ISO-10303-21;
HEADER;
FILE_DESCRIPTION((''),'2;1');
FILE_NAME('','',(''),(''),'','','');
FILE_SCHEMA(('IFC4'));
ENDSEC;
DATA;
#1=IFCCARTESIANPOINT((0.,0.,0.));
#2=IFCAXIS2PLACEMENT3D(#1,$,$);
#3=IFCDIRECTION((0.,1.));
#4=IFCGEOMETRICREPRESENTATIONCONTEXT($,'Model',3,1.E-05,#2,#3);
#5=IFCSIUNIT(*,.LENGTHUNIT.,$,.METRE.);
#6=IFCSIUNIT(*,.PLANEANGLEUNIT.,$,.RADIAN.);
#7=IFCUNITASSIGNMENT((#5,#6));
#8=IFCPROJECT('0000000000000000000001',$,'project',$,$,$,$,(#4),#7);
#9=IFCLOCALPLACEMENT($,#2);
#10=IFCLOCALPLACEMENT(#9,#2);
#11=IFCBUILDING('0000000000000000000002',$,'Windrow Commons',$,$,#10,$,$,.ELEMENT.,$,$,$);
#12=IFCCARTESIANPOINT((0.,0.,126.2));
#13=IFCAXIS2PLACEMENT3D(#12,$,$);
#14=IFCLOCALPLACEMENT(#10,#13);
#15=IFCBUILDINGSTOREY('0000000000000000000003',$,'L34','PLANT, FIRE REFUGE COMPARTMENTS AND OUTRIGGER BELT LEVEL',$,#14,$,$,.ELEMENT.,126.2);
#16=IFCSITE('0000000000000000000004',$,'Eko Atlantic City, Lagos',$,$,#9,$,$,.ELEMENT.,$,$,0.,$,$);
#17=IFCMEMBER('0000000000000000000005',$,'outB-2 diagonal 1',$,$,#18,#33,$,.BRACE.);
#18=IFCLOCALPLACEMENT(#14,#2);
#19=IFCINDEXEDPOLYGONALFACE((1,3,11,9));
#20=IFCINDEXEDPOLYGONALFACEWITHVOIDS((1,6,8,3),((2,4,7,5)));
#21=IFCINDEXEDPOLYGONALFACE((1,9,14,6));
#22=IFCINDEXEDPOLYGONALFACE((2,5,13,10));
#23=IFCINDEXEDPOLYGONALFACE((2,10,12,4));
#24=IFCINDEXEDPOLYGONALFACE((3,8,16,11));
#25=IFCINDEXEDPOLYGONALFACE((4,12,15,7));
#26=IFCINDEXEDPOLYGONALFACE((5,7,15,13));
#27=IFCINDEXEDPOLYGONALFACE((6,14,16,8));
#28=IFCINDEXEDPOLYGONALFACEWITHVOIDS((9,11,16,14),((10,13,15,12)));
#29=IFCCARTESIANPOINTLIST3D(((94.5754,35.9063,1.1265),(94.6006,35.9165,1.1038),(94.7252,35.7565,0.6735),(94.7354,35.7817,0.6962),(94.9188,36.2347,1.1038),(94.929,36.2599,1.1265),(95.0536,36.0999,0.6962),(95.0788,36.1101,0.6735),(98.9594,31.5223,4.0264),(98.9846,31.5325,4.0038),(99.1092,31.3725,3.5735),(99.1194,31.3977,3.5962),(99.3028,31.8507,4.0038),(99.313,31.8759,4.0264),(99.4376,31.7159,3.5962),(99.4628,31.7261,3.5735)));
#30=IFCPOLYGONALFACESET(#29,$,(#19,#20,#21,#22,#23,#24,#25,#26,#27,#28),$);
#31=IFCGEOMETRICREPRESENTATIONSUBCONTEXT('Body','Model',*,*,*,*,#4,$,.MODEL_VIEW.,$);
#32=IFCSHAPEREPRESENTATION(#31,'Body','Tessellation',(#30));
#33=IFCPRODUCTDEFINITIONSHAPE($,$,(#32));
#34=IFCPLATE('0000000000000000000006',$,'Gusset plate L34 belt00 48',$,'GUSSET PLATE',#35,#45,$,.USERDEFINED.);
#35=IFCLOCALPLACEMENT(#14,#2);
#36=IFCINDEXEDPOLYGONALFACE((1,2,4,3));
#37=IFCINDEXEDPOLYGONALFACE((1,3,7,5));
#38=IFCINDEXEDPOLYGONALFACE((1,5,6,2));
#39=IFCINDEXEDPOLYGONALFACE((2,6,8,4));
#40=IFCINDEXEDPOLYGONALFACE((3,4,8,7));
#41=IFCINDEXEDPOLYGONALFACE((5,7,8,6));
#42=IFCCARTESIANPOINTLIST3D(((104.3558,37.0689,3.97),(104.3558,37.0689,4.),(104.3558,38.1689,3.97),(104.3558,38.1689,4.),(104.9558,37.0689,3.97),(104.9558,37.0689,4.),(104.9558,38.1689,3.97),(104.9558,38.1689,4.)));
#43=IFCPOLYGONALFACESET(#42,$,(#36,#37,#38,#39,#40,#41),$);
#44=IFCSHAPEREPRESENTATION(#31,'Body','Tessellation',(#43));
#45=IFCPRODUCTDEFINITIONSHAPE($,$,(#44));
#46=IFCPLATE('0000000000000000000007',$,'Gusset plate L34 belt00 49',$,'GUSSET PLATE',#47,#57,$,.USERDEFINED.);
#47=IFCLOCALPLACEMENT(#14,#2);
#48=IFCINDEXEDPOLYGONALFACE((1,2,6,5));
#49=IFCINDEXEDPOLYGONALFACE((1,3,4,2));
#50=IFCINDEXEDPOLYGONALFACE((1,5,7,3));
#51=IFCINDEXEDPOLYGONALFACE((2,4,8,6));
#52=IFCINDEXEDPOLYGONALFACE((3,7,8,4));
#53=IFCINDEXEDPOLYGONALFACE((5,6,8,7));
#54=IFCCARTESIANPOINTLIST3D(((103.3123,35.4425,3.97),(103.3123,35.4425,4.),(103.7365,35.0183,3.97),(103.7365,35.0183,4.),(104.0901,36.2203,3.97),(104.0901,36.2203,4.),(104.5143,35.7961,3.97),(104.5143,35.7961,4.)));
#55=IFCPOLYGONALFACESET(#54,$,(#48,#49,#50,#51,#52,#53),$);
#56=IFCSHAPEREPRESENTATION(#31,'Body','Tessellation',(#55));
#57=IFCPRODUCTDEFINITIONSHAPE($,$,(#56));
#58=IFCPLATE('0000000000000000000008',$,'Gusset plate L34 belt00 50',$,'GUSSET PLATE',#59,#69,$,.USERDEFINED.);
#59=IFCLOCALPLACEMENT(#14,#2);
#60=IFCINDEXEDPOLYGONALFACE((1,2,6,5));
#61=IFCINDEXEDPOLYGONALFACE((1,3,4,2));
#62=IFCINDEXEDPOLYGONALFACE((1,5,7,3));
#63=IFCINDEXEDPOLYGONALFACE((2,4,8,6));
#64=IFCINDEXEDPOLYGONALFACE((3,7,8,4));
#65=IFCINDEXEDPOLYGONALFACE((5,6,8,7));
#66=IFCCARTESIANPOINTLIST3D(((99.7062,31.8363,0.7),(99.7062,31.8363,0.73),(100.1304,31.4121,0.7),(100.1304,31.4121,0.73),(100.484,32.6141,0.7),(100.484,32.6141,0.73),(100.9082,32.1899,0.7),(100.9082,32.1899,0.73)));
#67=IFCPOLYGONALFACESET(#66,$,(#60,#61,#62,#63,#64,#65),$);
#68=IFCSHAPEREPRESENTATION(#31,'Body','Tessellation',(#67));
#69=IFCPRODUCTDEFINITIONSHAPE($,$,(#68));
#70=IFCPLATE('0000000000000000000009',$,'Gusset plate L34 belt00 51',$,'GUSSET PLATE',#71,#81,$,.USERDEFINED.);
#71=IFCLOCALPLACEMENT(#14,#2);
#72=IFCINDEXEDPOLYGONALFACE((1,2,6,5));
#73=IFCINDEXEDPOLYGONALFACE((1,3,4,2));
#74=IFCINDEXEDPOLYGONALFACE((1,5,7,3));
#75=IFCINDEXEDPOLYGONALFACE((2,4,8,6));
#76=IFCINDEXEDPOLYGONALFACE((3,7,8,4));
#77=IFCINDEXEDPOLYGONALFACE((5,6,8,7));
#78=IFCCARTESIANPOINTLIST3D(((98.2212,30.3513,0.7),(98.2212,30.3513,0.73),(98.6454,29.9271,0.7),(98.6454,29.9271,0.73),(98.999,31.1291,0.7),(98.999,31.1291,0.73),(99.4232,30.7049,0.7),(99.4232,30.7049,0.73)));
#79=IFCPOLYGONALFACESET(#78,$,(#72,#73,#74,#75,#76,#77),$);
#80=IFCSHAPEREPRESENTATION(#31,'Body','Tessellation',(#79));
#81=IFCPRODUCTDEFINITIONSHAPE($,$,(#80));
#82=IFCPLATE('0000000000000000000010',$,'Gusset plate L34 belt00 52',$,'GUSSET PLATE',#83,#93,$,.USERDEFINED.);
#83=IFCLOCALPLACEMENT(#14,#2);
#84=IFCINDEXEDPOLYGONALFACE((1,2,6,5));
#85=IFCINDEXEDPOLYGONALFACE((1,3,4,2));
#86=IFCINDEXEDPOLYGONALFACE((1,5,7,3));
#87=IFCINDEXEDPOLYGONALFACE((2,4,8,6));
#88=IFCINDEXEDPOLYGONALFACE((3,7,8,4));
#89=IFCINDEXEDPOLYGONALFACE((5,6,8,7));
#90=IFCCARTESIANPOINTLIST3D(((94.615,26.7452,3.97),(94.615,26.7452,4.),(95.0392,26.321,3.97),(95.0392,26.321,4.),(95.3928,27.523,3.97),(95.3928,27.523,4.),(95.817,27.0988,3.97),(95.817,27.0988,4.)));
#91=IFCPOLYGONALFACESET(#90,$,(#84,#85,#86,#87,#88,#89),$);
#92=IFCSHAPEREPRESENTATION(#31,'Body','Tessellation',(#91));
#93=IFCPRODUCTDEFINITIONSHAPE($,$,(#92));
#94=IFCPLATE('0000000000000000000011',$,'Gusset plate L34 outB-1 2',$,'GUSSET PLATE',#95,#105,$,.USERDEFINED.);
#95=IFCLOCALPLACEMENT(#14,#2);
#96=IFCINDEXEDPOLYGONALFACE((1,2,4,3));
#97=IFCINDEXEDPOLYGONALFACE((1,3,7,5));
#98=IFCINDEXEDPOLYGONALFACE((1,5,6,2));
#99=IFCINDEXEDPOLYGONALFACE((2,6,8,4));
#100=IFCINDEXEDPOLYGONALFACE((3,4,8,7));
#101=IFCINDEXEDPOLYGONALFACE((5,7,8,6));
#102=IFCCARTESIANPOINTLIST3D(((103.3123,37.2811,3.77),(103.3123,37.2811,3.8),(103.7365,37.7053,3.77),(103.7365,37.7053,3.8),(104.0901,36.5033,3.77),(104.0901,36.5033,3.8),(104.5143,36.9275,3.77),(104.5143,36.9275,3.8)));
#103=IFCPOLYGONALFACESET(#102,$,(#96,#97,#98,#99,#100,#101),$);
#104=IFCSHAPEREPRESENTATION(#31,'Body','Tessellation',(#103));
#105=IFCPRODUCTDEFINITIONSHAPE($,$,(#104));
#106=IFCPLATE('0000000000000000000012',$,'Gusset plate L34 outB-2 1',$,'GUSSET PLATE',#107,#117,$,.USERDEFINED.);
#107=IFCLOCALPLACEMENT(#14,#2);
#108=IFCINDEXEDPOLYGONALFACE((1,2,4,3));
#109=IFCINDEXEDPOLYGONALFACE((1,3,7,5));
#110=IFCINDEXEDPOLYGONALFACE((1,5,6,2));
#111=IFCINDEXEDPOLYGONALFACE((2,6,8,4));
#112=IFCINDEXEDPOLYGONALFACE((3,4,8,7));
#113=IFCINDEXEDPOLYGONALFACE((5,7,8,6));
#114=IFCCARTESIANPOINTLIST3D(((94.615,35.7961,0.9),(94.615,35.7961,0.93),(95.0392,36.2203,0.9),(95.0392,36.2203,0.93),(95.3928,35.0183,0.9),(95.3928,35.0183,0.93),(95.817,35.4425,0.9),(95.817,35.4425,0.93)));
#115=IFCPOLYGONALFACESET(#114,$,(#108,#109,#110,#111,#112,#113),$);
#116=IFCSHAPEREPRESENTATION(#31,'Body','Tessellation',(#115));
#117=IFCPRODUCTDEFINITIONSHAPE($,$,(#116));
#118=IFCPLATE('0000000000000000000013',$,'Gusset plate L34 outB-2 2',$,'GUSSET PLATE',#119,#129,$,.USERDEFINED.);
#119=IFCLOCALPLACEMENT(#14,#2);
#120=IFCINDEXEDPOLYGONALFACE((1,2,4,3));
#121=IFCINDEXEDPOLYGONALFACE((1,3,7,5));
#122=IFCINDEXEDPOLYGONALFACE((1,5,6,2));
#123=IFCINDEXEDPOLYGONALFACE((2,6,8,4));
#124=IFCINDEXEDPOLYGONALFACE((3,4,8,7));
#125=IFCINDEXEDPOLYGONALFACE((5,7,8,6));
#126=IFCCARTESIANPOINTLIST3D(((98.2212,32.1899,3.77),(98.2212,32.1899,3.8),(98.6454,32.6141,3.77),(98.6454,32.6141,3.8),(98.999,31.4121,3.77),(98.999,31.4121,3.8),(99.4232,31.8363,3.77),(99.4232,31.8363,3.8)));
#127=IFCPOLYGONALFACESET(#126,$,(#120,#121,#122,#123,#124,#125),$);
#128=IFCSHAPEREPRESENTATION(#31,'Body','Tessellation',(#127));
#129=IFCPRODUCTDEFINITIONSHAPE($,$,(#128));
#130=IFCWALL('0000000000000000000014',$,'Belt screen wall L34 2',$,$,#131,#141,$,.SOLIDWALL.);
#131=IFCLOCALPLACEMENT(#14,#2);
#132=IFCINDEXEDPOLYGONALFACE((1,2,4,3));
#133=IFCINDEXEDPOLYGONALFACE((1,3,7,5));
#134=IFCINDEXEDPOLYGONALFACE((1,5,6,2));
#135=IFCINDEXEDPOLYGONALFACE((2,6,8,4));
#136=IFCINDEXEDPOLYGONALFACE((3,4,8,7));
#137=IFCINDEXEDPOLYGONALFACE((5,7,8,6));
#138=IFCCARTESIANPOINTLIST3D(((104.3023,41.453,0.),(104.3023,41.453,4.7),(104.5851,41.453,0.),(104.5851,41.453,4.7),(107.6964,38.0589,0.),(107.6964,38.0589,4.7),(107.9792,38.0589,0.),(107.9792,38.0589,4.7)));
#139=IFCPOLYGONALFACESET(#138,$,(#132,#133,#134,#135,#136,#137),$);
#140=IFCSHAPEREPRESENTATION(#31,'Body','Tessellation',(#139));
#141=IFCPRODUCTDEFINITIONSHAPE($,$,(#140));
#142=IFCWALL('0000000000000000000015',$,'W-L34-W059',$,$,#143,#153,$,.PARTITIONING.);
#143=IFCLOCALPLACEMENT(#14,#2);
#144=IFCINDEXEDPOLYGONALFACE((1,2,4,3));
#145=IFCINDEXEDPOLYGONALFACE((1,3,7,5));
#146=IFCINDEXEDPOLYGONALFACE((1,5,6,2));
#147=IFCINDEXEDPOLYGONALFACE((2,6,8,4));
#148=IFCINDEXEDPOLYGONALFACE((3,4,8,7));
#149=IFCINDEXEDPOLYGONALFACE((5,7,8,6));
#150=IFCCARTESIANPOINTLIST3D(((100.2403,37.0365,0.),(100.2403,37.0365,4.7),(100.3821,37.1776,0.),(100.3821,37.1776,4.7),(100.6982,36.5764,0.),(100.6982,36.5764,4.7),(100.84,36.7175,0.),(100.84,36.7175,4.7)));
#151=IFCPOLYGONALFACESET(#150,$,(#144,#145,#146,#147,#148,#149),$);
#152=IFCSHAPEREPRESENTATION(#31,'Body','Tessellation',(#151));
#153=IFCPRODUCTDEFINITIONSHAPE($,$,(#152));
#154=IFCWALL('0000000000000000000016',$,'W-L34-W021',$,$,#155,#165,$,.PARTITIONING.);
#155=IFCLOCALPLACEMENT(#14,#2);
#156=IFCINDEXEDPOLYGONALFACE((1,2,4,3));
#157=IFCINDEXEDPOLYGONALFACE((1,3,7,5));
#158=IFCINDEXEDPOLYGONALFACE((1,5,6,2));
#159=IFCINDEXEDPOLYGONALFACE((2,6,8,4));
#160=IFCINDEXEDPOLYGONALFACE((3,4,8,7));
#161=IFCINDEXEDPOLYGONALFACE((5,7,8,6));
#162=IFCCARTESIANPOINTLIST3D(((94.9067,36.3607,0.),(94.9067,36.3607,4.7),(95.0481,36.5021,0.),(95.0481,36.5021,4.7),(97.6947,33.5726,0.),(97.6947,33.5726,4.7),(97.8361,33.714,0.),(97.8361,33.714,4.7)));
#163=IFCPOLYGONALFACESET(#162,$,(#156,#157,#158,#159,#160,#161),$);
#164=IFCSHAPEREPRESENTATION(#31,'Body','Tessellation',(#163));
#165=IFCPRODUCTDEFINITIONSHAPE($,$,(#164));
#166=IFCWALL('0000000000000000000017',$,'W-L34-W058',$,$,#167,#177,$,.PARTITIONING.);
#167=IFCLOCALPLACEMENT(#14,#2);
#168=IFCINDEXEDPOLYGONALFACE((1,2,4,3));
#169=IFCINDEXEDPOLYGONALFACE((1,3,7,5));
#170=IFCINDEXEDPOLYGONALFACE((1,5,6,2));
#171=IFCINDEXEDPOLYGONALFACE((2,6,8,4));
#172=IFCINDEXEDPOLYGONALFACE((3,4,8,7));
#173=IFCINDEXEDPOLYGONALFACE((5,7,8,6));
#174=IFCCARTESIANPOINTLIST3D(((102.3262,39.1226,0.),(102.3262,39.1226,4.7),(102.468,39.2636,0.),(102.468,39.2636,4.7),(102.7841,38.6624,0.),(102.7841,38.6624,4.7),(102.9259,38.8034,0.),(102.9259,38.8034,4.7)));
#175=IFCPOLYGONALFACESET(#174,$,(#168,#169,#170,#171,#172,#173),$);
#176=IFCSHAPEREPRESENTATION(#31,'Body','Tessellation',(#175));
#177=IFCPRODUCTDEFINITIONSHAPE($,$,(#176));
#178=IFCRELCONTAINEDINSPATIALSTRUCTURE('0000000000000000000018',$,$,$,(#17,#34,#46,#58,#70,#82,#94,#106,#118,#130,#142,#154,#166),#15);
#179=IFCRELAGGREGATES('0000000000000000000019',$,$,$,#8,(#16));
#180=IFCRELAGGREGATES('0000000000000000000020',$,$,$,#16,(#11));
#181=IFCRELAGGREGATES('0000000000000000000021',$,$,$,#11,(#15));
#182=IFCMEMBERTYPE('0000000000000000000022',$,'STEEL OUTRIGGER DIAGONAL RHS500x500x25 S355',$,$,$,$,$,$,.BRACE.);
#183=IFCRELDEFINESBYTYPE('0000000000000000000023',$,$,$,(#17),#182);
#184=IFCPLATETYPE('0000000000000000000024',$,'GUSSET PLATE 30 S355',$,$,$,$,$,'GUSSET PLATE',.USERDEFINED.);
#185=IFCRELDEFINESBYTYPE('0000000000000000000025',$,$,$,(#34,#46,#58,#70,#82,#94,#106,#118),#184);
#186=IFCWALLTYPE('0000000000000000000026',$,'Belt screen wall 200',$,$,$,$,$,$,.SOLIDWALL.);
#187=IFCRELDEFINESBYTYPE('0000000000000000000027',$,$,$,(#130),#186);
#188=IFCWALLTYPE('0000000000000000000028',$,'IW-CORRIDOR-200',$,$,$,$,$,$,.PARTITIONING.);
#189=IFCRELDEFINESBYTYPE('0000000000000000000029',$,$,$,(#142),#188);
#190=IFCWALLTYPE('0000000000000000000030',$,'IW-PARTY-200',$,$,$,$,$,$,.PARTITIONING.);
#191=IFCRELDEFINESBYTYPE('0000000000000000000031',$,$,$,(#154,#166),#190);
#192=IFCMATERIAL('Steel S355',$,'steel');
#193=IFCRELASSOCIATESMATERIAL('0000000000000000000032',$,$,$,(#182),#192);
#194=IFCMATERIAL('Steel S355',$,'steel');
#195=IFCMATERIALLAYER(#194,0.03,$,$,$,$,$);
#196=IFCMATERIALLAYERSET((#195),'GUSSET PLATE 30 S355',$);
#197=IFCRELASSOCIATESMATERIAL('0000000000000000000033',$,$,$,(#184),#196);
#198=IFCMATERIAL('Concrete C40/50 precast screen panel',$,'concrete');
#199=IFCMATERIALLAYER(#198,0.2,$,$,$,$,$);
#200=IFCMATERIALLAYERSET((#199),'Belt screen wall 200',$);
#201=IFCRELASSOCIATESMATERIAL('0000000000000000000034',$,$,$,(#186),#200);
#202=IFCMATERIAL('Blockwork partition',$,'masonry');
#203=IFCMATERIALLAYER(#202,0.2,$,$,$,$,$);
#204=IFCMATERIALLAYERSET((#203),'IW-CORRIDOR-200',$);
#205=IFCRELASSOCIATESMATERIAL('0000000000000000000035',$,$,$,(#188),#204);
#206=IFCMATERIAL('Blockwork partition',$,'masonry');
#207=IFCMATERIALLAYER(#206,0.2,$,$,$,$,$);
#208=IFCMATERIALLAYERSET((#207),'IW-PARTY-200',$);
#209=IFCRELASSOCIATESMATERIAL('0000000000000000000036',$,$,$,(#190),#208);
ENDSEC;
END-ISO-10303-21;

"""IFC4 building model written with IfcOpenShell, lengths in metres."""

from ifc_helpers import new_model, si_unit, direction, frame, frame_2d, origin, origin_2d, place, context, subcontext, project, spatial, polyline, rectangle, hollow_rectangle, outline, extrude, material, layer, layer_set, material_profile, profile_set, type_object, element, save


model = new_model("IFC4")

# Units and contexts
model_context = context("Model", 3, precision=1e-05, world=origin(), true_north=direction((0.0, 1.0)))
body_context = subcontext(model_context, "Body", "Model", "MODEL_VIEW")
ifc_project = project(units=[si_unit("LENGTHUNIT", "METRE"), si_unit("PLANEANGLEUNIT", "RADIAN")], contexts=[model_context])

# Site, building, storey
site_placement = place(None, origin())
site = spatial("IfcSite", under=ifc_project, at=site_placement, Name="Eko Atlantic City, Lagos", CompositionType="ELEMENT", RefElevation=0.0)
building_placement = place(site_placement, origin())
building = spatial("IfcBuilding", under=site, at=building_placement, Name="Windrow Commons", CompositionType="ELEMENT")
storey_placement = place(building_placement, frame((0.0, 0.0, 126.2)))
storey = spatial("IfcBuildingStorey", under=building, at=storey_placement, Name="L34", Description="PLANT, FIRE REFUGE COMPARTMENTS AND OUTRIGGER BELT LEVEL", CompositionType="ELEMENT", Elevation=126.2)

# Member
ifc_material_1 = material(Name="Steel S355", Category="steel")
ifc_material_profile_1 = material_profile(ifc_material_1, hollow_rectangle(XDim=0.5, YDim=0.5, WallThickness=0.025, at=origin_2d()))
ifc_profile_set_1 = profile_set([ifc_material_profile_1], Name="Steel S355")
member_type_1 = type_object("IfcMemberType", Name="STEEL OUTRIGGER DIAGONAL RHS500x500x25 S355", PredefinedType="BRACE", material=ifc_profile_set_1)
member_placement = place(storey_placement, frame((94.8271, 36.0082, 0.9), z_axis=(0.640502, -0.640502, 0.42369), x_axis=(0.707107, 0.707107, 0.0)))
element("IfcMember", 1, at=member_placement, inside=storey, type_object=member_type_1, Name="outB-2 diagonal 1", PredefinedType="BRACE", context=body_context, shape_type="SweptSolid", body=[
    extrude(hollow_rectangle(XDim=0.5, YDim=0.5, WallThickness=0.025, at=origin_2d()), origin(), (0.0, 0.0, 1.0), 6.8446),
])

# Plates
ifc_material_2 = material(Name="Steel S355", Category="steel")
ifc_layer_1 = layer(ifc_material_2, 0.03)
ifc_layer_set_1 = layer_set([ifc_layer_1], Name="GUSSET PLATE 30 S355")
plate_type = type_object("IfcPlateType", Name="GUSSET PLATE 30 S355", ElementType="GUSSET PLATE", PredefinedType="USERDEFINED", material=ifc_layer_set_1)
for number, where, z_axis, x_axis, name in (
    (2, (104.6558, 37.6189, 3.97), (0.0, 0.0, 1.0), (0.0, -1.0, 0.0), "Gusset plate L34 belt00 48"),
    (3, (103.9133, 35.6193, 3.97), (0.0, 0.0, 1.0), (-0.707099, -0.707114, 0.0), "Gusset plate L34 belt00 49"),
    (4, (100.3072, 32.0131, 0.7), (0.0, 0.0, 1.0), (-0.707099, -0.707114, 0.0), "Gusset plate L34 belt00 50"),
    (5, (98.8222, 30.5281, 0.7), (0.0, 0.0, 1.0), (-0.707114, -0.707099, 0.0), "Gusset plate L34 belt00 51"),
    (6, (95.216, 26.922, 3.97), (0.0, 0.0, 1.0), (-0.707114, -0.707099, 0.0), "Gusset plate L34 belt00 52"),
    (7, (103.9133, 37.1043, 3.77), (0.0, 0.0, 1.0), (0.707099, -0.707114, 0.0), "Gusset plate L34 outB-1 2"),
    (8, (95.216, 35.6193, 0.9), (0.0, 0.0, 1.0), (0.707107, -0.707107, 0.0), "Gusset plate L34 outB-2 1"),
    (9, (98.8222, 32.0131, 3.77), (0.0, 0.0, 1.0), (0.707107, -0.707107, 0.0), "Gusset plate L34 outB-2 2"),
):
    element("IfcPlate", number, at=place(storey_placement, frame(where, z_axis=z_axis, x_axis=x_axis)), inside=storey, type_object=plate_type, Name=name, ObjectType="GUSSET PLATE", PredefinedType="USERDEFINED", context=body_context, shape_type="SweptSolid", body=[
        extrude(rectangle(XDim=1.1, YDim=0.6, at=origin_2d()), origin(), (0.0, 0.0, 1.0), 0.03),
    ])

# Walls
ifc_material_3 = material(Name="Concrete C40/50 precast screen panel", Category="concrete")
ifc_layer_2 = layer(ifc_material_3, 0.2)
ifc_layer_set_2 = layer_set([ifc_layer_2], Name="Belt screen wall 200")
wall_type_1 = type_object("IfcWallType", Name="Belt screen wall 200", PredefinedType="SOLIDWALL", material=ifc_layer_set_2)
wall_1_placement = place(storey_placement, frame((107.8378, 38.0589, 0.0), z_axis=(0.0, 0.0, 1.0), x_axis=(-0.707107, 0.707107, 0.0)))
element("IfcWall", 10, at=wall_1_placement, inside=storey, type_object=wall_type_1, Name="Belt screen wall L34 2", PredefinedType="SOLIDWALL", context=body_context, shape_type="SweptSolid", body=[
    extrude(outline(polyline([(-0.1, -0.1), (4.7, -0.1), (4.9, 0.1), (0.1, 0.1), (-0.1, -0.1)])), origin(), (0.0, 0.0, 1.0), 4.7),
])
ifc_material_4 = material(Name="Blockwork partition", Category="masonry")
ifc_layer_3 = layer(ifc_material_4, 0.2)
ifc_layer_set_3 = layer_set([ifc_layer_3], Name="IW-CORRIDOR-200")
wall_type_2 = type_object("IfcWallType", Name="IW-CORRIDOR-200", PredefinedType="PARTITIONING", material=ifc_layer_set_3)
wall_2_placement = place(storey_placement, frame((100.3112, 37.1071, 0.0), z_axis=(0.0, 0.0, 1.0), x_axis=(0.705333, -0.708876, 0.0)))
element("IfcWall", 11, at=wall_2_placement, inside=storey, type_object=wall_type_2, Name="W-L34-W059", PredefinedType="PARTITIONING", context=body_context, shape_type="SweptSolid", body=[
    extrude(rectangle(XDim=0.6491, YDim=0.2, at=frame_2d((0.3246, 0.0))), origin(), (0.0, 0.0, 1.0), 4.7),
])
ifc_material_5 = material(Name="Blockwork partition", Category="masonry")
ifc_layer_4 = layer(ifc_material_5, 0.2)
ifc_layer_set_4 = layer_set([ifc_layer_4], Name="IW-PARTY-200")
wall_type_3 = type_object("IfcWallType", Name="IW-PARTY-200", PredefinedType="PARTITIONING", material=ifc_layer_set_4)
wall_3_placement = place(storey_placement, frame((94.9774, 36.4314, 0.0), z_axis=(0.0, 0.0, 1.0), x_axis=(0.707094, -0.707119, 0.0)))
element("IfcWall", 12, at=wall_3_placement, inside=storey, type_object=wall_type_3, Name="W-L34-W021", PredefinedType="PARTITIONING", context=body_context, shape_type="SweptSolid", body=[
    extrude(rectangle(XDim=3.9429, YDim=0.2, at=frame_2d((1.9714, 0.0))), origin(), (0.0, 0.0, 1.0), 4.7),
])
wall_4_placement = place(storey_placement, frame((102.3971, 39.1931, 0.0), z_axis=(0.0, 0.0, 1.0), x_axis=(0.705333, -0.708876, 0.0)))
element("IfcWall", 13, at=wall_4_placement, inside=storey, type_object=wall_type_3, Name="W-L34-W058", PredefinedType="PARTITIONING", context=body_context, shape_type="SweptSolid", body=[
    extrude(rectangle(XDim=0.6492, YDim=0.2, at=frame_2d((0.3246, 0.0))), origin(), (0.0, 0.0, 1.0), 4.7),
])

save(model, "model.ifc")
